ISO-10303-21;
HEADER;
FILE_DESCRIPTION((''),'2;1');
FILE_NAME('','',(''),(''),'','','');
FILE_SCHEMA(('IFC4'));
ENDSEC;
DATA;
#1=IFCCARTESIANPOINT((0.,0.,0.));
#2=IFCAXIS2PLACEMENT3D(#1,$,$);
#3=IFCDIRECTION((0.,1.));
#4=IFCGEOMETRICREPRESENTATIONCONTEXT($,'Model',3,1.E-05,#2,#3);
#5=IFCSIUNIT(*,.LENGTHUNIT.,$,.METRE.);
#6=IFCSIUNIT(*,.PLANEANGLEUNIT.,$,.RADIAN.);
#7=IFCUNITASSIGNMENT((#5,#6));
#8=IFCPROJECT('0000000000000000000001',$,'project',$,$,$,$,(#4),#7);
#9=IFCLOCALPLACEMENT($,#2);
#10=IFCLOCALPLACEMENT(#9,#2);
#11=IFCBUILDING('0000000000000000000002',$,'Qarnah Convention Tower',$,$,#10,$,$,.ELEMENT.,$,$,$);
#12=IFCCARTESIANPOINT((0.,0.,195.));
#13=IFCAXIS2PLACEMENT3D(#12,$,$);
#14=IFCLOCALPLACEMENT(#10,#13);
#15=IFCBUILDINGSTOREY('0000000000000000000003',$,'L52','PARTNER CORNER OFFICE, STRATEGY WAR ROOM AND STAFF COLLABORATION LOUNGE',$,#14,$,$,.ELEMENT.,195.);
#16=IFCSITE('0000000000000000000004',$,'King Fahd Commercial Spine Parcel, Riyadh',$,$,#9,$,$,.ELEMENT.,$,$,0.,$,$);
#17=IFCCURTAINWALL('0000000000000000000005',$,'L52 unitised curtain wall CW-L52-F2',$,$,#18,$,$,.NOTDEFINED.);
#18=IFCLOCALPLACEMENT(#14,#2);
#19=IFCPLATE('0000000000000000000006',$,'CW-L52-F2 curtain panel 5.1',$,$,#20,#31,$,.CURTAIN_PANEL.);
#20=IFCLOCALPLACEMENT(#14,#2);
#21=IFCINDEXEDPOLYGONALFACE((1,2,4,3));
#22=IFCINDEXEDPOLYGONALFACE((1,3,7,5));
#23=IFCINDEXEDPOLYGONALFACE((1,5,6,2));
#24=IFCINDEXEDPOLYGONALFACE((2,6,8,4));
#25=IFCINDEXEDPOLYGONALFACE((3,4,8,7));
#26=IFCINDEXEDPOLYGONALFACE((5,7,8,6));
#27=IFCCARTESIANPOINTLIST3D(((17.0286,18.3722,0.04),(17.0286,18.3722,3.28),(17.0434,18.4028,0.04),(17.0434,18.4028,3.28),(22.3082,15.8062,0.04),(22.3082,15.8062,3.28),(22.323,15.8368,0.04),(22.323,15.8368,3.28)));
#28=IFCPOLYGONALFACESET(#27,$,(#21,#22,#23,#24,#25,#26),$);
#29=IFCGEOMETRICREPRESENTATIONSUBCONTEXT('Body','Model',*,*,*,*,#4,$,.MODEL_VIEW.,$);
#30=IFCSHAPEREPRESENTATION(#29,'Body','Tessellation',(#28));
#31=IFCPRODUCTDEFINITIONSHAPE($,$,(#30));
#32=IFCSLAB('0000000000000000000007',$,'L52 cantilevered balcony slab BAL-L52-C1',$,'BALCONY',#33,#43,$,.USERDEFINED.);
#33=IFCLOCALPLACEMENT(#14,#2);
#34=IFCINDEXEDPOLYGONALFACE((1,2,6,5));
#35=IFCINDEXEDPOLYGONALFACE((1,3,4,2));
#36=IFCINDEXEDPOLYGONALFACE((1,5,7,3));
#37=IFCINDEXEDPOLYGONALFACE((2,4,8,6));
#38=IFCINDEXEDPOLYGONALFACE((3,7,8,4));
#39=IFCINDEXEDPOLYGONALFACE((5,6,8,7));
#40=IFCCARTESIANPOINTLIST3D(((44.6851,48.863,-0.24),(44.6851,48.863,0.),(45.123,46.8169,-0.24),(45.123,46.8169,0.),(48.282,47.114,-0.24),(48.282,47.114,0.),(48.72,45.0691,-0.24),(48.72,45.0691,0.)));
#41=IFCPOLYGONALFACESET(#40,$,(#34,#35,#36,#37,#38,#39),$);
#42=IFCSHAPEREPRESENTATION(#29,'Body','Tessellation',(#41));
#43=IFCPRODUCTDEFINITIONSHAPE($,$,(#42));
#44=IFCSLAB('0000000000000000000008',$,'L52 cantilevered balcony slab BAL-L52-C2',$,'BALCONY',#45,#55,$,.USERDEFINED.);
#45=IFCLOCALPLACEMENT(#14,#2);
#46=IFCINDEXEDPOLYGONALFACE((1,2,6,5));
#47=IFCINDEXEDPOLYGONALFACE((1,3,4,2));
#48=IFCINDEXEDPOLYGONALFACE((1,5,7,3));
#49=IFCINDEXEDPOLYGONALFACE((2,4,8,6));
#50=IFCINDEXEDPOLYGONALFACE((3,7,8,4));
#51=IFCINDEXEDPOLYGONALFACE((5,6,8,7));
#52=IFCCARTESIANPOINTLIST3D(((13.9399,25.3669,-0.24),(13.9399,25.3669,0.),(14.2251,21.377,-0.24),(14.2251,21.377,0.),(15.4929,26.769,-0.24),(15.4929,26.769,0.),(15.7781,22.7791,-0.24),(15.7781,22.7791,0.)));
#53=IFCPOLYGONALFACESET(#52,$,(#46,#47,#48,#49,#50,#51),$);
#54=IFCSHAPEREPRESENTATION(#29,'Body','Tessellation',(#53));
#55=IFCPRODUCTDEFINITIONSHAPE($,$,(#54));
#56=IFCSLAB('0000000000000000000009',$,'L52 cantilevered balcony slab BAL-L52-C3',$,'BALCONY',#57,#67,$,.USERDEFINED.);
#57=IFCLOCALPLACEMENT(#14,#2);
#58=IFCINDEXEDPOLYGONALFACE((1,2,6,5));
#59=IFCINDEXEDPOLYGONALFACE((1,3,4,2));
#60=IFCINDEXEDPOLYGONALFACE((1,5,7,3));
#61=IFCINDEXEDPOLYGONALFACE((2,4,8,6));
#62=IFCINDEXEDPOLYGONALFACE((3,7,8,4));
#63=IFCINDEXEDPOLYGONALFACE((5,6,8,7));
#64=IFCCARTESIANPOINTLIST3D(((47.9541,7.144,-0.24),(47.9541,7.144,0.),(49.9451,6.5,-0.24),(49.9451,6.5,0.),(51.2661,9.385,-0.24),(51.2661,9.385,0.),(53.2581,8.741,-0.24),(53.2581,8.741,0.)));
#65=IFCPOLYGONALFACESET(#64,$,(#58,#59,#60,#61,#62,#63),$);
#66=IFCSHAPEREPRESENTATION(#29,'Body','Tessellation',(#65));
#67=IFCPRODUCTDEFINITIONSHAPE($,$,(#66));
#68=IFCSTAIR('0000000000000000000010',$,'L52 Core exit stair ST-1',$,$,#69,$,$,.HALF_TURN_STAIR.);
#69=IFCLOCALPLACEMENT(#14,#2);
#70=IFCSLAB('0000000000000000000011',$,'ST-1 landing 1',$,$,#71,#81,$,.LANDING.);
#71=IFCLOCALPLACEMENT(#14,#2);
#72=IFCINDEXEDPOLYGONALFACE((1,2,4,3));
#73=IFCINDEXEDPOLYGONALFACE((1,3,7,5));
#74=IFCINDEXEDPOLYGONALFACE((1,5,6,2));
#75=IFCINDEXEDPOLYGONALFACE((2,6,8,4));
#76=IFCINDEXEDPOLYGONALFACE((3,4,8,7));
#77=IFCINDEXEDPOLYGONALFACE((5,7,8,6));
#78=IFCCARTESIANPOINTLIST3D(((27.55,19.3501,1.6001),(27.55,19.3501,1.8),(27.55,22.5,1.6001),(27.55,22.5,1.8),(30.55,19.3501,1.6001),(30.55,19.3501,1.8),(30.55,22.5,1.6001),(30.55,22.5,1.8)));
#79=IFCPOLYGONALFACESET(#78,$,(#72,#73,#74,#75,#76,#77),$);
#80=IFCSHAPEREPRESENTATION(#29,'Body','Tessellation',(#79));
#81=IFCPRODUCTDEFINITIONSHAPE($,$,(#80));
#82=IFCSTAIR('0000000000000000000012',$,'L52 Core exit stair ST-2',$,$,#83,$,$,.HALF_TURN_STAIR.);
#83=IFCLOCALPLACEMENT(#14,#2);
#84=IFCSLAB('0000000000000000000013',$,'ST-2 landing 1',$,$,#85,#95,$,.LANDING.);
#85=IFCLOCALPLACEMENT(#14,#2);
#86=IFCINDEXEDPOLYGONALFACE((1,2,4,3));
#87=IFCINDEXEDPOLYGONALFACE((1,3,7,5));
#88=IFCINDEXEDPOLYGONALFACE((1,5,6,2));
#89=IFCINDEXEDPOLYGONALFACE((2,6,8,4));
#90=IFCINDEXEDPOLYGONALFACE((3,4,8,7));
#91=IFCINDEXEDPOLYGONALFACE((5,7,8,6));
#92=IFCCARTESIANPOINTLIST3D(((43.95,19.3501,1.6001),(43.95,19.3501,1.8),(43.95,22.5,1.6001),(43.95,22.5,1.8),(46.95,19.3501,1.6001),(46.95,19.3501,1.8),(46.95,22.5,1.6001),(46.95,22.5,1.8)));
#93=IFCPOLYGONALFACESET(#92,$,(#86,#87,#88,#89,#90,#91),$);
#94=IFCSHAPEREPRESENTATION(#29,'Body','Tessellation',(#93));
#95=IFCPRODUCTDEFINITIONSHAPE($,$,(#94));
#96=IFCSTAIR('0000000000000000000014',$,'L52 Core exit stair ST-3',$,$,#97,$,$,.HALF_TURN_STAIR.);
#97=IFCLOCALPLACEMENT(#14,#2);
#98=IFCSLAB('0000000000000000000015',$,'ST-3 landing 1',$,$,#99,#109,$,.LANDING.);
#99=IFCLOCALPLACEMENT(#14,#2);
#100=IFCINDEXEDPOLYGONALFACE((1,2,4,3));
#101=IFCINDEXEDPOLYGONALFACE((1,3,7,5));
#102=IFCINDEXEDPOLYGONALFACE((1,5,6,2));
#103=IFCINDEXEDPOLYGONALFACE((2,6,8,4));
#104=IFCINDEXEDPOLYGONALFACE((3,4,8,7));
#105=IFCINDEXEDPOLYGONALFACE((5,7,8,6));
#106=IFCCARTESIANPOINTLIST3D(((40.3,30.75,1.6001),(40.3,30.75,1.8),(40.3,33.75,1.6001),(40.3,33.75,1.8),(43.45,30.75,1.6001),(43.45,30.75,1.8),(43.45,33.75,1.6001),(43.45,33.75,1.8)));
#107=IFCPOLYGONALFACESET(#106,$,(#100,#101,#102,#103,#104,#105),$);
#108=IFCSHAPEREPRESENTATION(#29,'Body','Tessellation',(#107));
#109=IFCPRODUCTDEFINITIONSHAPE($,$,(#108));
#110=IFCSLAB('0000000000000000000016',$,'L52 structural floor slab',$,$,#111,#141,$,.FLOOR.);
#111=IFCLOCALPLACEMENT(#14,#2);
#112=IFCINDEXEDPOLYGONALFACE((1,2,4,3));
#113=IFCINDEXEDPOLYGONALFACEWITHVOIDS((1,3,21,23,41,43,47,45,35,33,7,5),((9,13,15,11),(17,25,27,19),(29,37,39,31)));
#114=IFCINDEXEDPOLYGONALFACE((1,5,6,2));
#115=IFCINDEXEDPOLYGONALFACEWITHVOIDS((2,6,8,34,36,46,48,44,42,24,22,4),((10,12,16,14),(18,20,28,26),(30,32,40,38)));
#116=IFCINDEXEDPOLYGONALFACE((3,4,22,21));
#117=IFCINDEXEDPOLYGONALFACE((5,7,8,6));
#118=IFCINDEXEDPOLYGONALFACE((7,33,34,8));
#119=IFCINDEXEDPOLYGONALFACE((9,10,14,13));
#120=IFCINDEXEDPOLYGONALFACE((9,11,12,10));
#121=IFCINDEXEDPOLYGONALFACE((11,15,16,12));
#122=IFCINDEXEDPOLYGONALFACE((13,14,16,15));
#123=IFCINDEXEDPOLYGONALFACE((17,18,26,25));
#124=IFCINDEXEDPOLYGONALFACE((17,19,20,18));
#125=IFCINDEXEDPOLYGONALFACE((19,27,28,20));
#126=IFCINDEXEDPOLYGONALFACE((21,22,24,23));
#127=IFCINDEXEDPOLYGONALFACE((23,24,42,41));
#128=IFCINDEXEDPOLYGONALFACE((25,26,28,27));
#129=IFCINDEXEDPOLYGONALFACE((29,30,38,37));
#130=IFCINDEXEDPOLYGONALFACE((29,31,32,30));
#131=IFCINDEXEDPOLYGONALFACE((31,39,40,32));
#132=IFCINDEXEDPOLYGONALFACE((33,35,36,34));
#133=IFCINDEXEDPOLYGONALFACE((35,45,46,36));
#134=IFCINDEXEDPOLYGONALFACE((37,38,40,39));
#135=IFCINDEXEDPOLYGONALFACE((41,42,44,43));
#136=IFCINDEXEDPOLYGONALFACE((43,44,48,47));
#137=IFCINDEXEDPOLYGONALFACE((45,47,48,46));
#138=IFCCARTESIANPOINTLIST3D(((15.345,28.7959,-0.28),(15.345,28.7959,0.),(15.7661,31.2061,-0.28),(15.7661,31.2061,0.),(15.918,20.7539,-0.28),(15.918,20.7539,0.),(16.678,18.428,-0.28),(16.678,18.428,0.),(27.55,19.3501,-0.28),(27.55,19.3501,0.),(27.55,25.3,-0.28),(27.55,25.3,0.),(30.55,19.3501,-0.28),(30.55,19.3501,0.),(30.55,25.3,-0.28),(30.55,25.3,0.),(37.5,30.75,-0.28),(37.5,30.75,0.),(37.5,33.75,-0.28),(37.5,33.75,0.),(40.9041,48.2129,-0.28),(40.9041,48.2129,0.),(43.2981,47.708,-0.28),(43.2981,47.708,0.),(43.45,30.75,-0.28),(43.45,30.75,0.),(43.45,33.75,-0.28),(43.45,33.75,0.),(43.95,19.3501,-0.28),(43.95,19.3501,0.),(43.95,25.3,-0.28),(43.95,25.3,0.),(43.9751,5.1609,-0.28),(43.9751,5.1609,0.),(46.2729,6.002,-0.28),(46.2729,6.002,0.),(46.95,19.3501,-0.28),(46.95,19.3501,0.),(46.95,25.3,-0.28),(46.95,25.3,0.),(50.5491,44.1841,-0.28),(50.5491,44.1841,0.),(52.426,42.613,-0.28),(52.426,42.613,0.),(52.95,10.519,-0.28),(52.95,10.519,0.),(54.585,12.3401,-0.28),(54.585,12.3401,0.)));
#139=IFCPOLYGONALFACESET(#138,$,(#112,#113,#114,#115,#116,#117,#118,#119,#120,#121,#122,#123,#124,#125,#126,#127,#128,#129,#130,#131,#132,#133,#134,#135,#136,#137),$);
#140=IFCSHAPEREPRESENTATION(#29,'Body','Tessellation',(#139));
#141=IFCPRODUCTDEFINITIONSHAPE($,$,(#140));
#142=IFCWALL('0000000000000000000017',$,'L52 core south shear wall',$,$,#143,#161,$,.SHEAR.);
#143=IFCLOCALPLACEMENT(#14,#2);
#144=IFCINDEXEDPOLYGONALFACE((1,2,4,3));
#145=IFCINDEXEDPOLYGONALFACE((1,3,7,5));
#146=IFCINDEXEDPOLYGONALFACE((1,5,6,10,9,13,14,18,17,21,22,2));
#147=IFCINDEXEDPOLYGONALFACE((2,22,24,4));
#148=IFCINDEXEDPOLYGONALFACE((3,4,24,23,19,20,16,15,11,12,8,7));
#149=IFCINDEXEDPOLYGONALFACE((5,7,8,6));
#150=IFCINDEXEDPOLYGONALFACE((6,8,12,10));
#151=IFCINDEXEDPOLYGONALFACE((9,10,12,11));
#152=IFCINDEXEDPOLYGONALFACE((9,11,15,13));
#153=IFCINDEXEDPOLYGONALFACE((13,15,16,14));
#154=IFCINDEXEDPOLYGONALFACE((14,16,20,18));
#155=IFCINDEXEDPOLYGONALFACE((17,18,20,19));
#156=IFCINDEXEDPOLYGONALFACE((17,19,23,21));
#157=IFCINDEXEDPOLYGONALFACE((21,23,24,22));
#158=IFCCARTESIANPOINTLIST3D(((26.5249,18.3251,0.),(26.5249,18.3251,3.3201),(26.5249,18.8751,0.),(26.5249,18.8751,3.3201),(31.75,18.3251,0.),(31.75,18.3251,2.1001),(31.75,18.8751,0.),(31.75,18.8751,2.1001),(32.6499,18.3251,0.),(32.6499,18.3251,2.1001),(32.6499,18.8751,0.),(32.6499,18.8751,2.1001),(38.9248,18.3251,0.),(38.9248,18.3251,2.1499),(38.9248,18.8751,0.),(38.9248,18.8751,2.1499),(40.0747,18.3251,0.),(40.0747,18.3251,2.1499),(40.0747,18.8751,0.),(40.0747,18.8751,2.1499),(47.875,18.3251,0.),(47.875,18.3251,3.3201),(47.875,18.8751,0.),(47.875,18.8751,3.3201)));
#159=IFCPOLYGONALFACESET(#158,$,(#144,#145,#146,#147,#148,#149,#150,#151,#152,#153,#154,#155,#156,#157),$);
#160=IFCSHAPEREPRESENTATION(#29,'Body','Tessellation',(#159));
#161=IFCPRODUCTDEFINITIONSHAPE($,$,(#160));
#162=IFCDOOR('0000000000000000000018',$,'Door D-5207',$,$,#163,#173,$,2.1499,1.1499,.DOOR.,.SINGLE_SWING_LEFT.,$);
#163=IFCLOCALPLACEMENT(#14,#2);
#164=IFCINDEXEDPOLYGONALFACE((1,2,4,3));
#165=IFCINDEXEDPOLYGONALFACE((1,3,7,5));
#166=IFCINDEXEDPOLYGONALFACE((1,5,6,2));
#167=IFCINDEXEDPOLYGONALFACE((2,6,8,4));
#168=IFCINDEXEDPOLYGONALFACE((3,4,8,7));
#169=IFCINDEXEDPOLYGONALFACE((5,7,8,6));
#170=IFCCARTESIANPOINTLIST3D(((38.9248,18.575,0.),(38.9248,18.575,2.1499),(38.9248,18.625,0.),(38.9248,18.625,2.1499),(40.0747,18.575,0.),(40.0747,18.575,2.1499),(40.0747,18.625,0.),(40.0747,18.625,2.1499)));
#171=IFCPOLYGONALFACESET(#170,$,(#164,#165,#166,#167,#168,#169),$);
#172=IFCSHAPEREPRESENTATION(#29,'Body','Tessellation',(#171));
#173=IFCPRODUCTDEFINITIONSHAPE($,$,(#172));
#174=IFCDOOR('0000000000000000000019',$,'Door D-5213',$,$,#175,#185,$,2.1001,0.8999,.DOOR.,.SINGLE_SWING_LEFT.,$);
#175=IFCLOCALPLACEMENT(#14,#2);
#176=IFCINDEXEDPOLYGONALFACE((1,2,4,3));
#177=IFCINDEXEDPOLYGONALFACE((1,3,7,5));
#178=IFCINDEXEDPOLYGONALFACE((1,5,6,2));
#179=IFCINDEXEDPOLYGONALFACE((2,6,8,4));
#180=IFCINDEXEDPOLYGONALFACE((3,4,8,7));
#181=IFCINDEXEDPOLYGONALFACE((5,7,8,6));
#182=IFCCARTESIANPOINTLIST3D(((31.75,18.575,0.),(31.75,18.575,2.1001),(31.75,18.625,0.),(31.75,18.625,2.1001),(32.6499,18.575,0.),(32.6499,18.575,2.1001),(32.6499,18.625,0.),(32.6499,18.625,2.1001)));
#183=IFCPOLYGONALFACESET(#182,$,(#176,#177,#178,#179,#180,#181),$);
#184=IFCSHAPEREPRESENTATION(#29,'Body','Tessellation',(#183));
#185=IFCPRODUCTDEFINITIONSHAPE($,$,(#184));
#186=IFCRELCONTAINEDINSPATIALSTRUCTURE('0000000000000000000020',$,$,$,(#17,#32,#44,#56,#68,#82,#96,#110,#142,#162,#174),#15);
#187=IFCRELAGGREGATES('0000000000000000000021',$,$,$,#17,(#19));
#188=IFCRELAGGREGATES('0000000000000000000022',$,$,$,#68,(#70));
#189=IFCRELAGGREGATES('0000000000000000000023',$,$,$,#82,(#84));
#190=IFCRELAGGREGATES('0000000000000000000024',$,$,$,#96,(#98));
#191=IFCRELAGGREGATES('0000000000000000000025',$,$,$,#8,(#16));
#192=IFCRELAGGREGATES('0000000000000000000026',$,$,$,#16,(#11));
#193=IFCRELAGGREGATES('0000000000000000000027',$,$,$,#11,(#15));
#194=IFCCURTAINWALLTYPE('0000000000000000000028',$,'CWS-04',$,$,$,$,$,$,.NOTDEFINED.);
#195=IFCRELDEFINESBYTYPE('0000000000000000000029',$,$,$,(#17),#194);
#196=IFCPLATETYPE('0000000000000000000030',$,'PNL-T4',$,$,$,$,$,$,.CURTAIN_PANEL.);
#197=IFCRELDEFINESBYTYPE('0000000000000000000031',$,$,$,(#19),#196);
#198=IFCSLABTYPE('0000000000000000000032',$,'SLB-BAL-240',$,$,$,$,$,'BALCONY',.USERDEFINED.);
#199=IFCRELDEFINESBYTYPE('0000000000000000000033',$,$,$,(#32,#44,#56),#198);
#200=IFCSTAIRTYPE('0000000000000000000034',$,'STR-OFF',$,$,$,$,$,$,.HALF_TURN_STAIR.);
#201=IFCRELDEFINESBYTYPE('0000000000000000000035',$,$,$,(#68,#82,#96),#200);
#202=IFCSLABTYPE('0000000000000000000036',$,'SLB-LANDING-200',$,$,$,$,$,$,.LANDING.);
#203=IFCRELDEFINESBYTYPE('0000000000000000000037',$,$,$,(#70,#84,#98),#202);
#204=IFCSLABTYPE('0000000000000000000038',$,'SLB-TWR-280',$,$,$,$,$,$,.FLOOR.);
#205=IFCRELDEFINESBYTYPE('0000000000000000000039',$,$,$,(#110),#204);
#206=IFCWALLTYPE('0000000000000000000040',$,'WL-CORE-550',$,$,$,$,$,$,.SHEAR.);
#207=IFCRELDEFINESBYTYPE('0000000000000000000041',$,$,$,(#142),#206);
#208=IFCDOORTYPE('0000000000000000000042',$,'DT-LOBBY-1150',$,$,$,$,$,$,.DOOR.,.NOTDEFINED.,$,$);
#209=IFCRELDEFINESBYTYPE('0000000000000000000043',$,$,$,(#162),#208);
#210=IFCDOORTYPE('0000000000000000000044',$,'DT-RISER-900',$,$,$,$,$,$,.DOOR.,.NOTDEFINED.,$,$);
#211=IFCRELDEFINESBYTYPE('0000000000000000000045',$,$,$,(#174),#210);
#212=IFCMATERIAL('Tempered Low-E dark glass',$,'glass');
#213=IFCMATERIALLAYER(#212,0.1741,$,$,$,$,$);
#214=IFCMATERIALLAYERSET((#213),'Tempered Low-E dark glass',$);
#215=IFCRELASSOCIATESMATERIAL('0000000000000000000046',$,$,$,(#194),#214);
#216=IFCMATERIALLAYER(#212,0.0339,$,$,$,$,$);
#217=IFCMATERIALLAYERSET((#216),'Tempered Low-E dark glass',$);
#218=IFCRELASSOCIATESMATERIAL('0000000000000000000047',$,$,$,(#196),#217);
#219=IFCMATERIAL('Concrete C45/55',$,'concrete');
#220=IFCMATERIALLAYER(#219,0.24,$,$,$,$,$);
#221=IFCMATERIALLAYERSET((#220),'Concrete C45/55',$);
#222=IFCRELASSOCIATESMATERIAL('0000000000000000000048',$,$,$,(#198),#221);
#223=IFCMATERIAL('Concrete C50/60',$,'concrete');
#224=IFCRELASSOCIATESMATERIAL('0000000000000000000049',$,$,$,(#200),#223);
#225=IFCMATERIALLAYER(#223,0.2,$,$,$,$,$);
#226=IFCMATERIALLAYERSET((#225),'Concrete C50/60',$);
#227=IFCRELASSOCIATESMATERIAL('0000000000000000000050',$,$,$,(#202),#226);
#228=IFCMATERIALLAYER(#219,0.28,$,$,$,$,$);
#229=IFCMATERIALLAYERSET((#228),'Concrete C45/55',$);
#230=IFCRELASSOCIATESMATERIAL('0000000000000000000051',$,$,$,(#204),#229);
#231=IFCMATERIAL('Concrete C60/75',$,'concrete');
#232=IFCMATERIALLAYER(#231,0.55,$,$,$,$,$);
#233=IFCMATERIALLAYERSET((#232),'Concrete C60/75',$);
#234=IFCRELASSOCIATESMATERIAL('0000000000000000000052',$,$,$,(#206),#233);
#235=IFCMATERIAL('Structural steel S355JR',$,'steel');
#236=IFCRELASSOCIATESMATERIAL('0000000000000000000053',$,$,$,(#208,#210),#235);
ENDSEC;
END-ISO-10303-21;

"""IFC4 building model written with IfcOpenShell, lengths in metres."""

from ifc_helpers import new_model, si_unit, direction, frame, frame_2d, origin, origin_2d, place, context, subcontext, project, spatial, polyline, rectangle, outline, extrude, material, layer, layer_set, type_object, element, fill, aggregate, save


model = new_model("IFC4")

# Units and contexts
model_context = context("Model", 3, precision=1e-05, world=origin(), true_north=direction((0.0, 1.0)))
body_context = subcontext(model_context, "Body", "Model", "MODEL_VIEW")
ifc_project = project(units=[si_unit("LENGTHUNIT", "METRE"), si_unit("PLANEANGLEUNIT", "RADIAN")], contexts=[model_context])

# Site, building, storey
site_placement = place(None, origin())
site = spatial("IfcSite", under=ifc_project, at=site_placement, Name="King Fahd Commercial Spine Parcel, Riyadh", CompositionType="ELEMENT", RefElevation=0.0)
building_placement = place(site_placement, origin())
building = spatial("IfcBuilding", under=site, at=building_placement, Name="Qarnah Convention Tower", CompositionType="ELEMENT")
storey_placement = place(building_placement, frame((0.0, 0.0, 195.0)))
storey = spatial("IfcBuildingStorey", under=building, at=storey_placement, Name="L52", Description="PARTNER CORNER OFFICE, STRATEGY WAR ROOM AND STAFF COLLABORATION LOUNGE", CompositionType="ELEMENT", Elevation=195.0)

# Shared definitions
ifc_material_1 = material(Name="Concrete C50/60", Category="concrete")

# Shared definitions
ifc_material_2 = material(Name="Structural steel S355JR", Category="steel")

# Curtain wall, plate
ifc_material_3 = material(Name="Tempered Low-E dark glass", Category="glass")
ifc_layer_1 = layer(ifc_material_3, 0.1741)
ifc_layer_set_1 = layer_set([ifc_layer_1], Name="Tempered Low-E dark glass")
curtain_wall_type = type_object("IfcCurtainWallType", Name="CWS-04", PredefinedType="NOTDEFINED", material=ifc_layer_set_1)
curtain_wall_placement = place(storey_placement, origin())
curtain_wall = element("IfcCurtainWall", 1, at=curtain_wall_placement, inside=storey, type_object=curtain_wall_type, Name="L52 unitised curtain wall CW-L52-F2", PredefinedType="NOTDEFINED")
ifc_layer_2 = layer(ifc_material_3, 0.0339)
ifc_layer_set_2 = layer_set([ifc_layer_2], Name="Tempered Low-E dark glass")
plate_type = type_object("IfcPlateType", Name="PNL-T4", PredefinedType="CURTAIN_PANEL", material=ifc_layer_set_2)
plate_1_placement = place(storey_placement, frame((19.6758, 17.1045, 0.04), z_axis=(0.0, 0.0, 1.0), x_axis=(-0.899399, 0.437129, 0.0)))
plate_1 = element("IfcPlate", 2, at=plate_1_placement, type_object=plate_type, Name="CW-L52-F2 curtain panel 5.1", PredefinedType="CURTAIN_PANEL", context=body_context, shape_type="SweptSolid", body=[
    extrude(rectangle(XDim=5.8701, YDim=0.0339, at=origin_2d()), origin(), (0.0, 0.0, 1.0), 3.24),
])
aggregate(curtain_wall, [plate_1])

# Slabs
ifc_material_4 = material(Name="Concrete C45/55", Category="concrete")
ifc_layer_3 = layer(ifc_material_4, 0.24)
ifc_layer_set_3 = layer_set([ifc_layer_3], Name="Concrete C45/55")
slab_type_1 = type_object("IfcSlabType", Name="SLB-BAL-240", ElementType="BALCONY", PredefinedType="USERDEFINED", material=ifc_layer_set_3)
slab_1_placement = place(storey_placement, frame((0.0, 0.0, -0.24)))
element("IfcSlab", 3, at=slab_1_placement, inside=storey, type_object=slab_type_1, Name="L52 cantilevered balcony slab BAL-L52-C1", ObjectType="BALCONY", PredefinedType="USERDEFINED", context=body_context, shape_type="SweptSolid", body=[
    extrude(outline(polyline([(44.6851, 48.863), (48.282, 47.114), (48.72, 45.0691), (45.123, 46.8169), (44.6851, 48.863)])), origin(), (0.0, 0.0, 1.0), 0.24),
])
slab_2_placement = place(storey_placement, frame((0.0, 0.0, -0.24)))
element("IfcSlab", 4, at=slab_2_placement, inside=storey, type_object=slab_type_1, Name="L52 cantilevered balcony slab BAL-L52-C2", ObjectType="BALCONY", PredefinedType="USERDEFINED", context=body_context, shape_type="SweptSolid", body=[
    extrude(outline(polyline([(14.2251, 21.377), (13.9399, 25.3669), (15.4929, 26.769), (15.7781, 22.7791), (14.2251, 21.377)])), origin(), (0.0, 0.0, 1.0), 0.24),
])
slab_3_placement = place(storey_placement, frame((0.0, 0.0, -0.24)))
element("IfcSlab", 5, at=slab_3_placement, inside=storey, type_object=slab_type_1, Name="L52 cantilevered balcony slab BAL-L52-C3", ObjectType="BALCONY", PredefinedType="USERDEFINED", context=body_context, shape_type="SweptSolid", body=[
    extrude(outline(polyline([(53.2581, 8.741), (49.9451, 6.5), (47.9541, 7.144), (51.2661, 9.385), (53.2581, 8.741)])), origin(), (0.0, 0.0, 1.0), 0.24),
])

# Stairs, slabs
stair_type = type_object("IfcStairType", Name="STR-OFF", PredefinedType="HALF_TURN_STAIR", material=ifc_material_1)
stair_1_placement = place(storey_placement, origin())
stair_1 = element("IfcStair", 6, at=stair_1_placement, inside=storey, type_object=stair_type, Name="L52 Core exit stair ST-1", PredefinedType="HALF_TURN_STAIR")
ifc_layer_4 = layer(ifc_material_1, 0.2)
ifc_layer_set_4 = layer_set([ifc_layer_4], Name="Concrete C50/60")
slab_type_2 = type_object("IfcSlabType", Name="SLB-LANDING-200", PredefinedType="LANDING", material=ifc_layer_set_4)
slab_4_placement = place(storey_placement, frame((0.0, 0.0, 1.6001)))
slab_4 = element("IfcSlab", 7, at=slab_4_placement, type_object=slab_type_2, Name="ST-1 landing 1", PredefinedType="LANDING", context=body_context, shape_type="SweptSolid", body=[
    extrude(outline(polyline([(27.55, 22.5), (27.55, 19.3501), (30.55, 19.3501), (30.55, 22.5), (27.55, 22.5)])), origin(), (0.0, 0.0, 1.0), 0.2),
])
aggregate(stair_1, [slab_4])
stair_2_placement = place(storey_placement, origin())
stair_2 = element("IfcStair", 8, at=stair_2_placement, inside=storey, type_object=stair_type, Name="L52 Core exit stair ST-2", PredefinedType="HALF_TURN_STAIR")
slab_5_placement = place(storey_placement, frame((0.0, 0.0, 1.6001)))
slab_5 = element("IfcSlab", 9, at=slab_5_placement, type_object=slab_type_2, Name="ST-2 landing 1", PredefinedType="LANDING", context=body_context, shape_type="SweptSolid", body=[
    extrude(outline(polyline([(43.95, 22.5), (43.95, 19.3501), (46.95, 19.3501), (46.95, 22.5), (43.95, 22.5)])), origin(), (0.0, 0.0, 1.0), 0.2),
])
aggregate(stair_2, [slab_5])
stair_3_placement = place(storey_placement, origin())
stair_3 = element("IfcStair", 10, at=stair_3_placement, inside=storey, type_object=stair_type, Name="L52 Core exit stair ST-3", PredefinedType="HALF_TURN_STAIR")
slab_6_placement = place(storey_placement, frame((0.0, 0.0, 1.6001)))
slab_6 = element("IfcSlab", 11, at=slab_6_placement, type_object=slab_type_2, Name="ST-3 landing 1", PredefinedType="LANDING", context=body_context, shape_type="SweptSolid", body=[
    extrude(outline(polyline([(40.3, 30.75), (43.45, 30.75), (43.45, 33.75), (40.3, 33.75), (40.3, 30.75)])), origin(), (0.0, 0.0, 1.0), 0.2),
])
aggregate(stair_3, [slab_6])

# Slab
ifc_layer_5 = layer(ifc_material_4, 0.28)
ifc_layer_set_5 = layer_set([ifc_layer_5], Name="Concrete C45/55")
slab_type_3 = type_object("IfcSlabType", Name="SLB-TWR-280", PredefinedType="FLOOR", material=ifc_layer_set_5)
slab_7_placement = place(storey_placement, frame((0.0, 0.0, -0.28)))
element("IfcSlab", 12, at=slab_7_placement, inside=storey, type_object=slab_type_3, Name="L52 structural floor slab", PredefinedType="FLOOR", context=body_context, shape_type="SweptSolid", body=[
    extrude(outline(polyline([(40.9041, 48.2129), (15.7661, 31.2061), (15.345, 28.7959), (15.918, 20.7539), (16.678, 18.428), (43.9751, 5.1609), (46.2729, 6.002), (52.95, 10.519), (54.585, 12.3401), (52.426, 42.613), (50.5491, 44.1841), (43.2981, 47.708), (40.9041, 48.2129)]), holes=[polyline([(27.55, 25.3), (27.55, 19.3501), (30.55, 19.3501), (30.55, 25.3), (27.55, 25.3)]), polyline([(43.95, 25.3), (43.95, 19.3501), (46.95, 19.3501), (46.95, 25.3), (43.95, 25.3)]), polyline([(37.5, 30.75), (43.45, 30.75), (43.45, 33.75), (37.5, 33.75), (37.5, 30.75)])]), origin(), (0.0, 0.0, 1.0), 0.28),
])

# Wall, openings, doors
ifc_material_5 = material(Name="Concrete C60/75", Category="concrete")
ifc_layer_6 = layer(ifc_material_5, 0.55)
ifc_layer_set_6 = layer_set([ifc_layer_6], Name="Concrete C60/75")
wall_type_1 = type_object("IfcWallType", Name="WL-CORE-550", PredefinedType="SHEAR", material=ifc_layer_set_6)
wall_1_placement = place(storey_placement, frame((26.5249, 18.6001, 0.0), z_axis=(0.0, 0.0, 1.0), x_axis=(1.0, 0.0, 0.0)))
wall_1 = element("IfcWall", 13, at=wall_1_placement, inside=storey, type_object=wall_type_1, Name="L52 core south shear wall", PredefinedType="SHEAR", context=body_context, shape_type="SweptSolid", body=[
    extrude(rectangle(XDim=21.3501, YDim=0.55, at=frame_2d((10.675, 0.0))), origin(), (0.0, 0.0, 1.0), 3.3201),
])
opening_1_placement = place(wall_1_placement, frame((12.3999, 0.0, 0.0)))
opening_1 = element("IfcOpeningElement", 14, at=opening_1_placement, cuts=wall_1, PredefinedType="OPENING", context=body_context, shape_type="SweptSolid", body=[
    extrude(rectangle(XDim=1.1499, YDim=2.1499, at=frame_2d((0.575, 1.075))), frame((0.0, 0.2849, 0.0), z_axis=(0.0, -1.0, 0.0), x_axis=(1.0, 0.0, 0.0)), (0.0, 0.0, 1.0), 0.5701),
])
opening_2_placement = place(wall_1_placement, frame((5.2251, 0.0, 0.0)))
opening_2 = element("IfcOpeningElement", 15, at=opening_2_placement, cuts=wall_1, PredefinedType="OPENING", context=body_context, shape_type="SweptSolid", body=[
    extrude(rectangle(XDim=0.8999, YDim=2.1001, at=frame_2d((0.45, 1.05))), frame((0.0, 0.2849, 0.0), z_axis=(0.0, -1.0, 0.0), x_axis=(1.0, 0.0, 0.0)), (0.0, 0.0, 1.0), 0.5701),
])
door_type_1 = type_object("IfcDoorType", Name="DT-LOBBY-1150", OperationType="NOTDEFINED", PredefinedType="DOOR", material=ifc_material_2)
door_1_placement = place(opening_1_placement, origin())
door_1 = element("IfcDoor", 16, at=door_1_placement, inside=storey, type_object=door_type_1, Name="Door D-5207", OperationType="SINGLE_SWING_LEFT", OverallHeight=2.1499, OverallWidth=1.1499, PredefinedType="DOOR", context=body_context, shape_type="SweptSolid", body=[
    extrude(rectangle(XDim=1.1499, YDim=2.1499, at=frame_2d((0.575, 1.075))), frame((0.0, 0.0249, 0.0), z_axis=(0.0, -1.0, 0.0), x_axis=(1.0, 0.0, 0.0)), (0.0, 0.0, 1.0), 0.05),
])
fill(opening_1, door_1)
door_type_2 = type_object("IfcDoorType", Name="DT-RISER-900", OperationType="NOTDEFINED", PredefinedType="DOOR", material=ifc_material_2)
door_2_placement = place(opening_2_placement, origin())
door_2 = element("IfcDoor", 17, at=door_2_placement, inside=storey, type_object=door_type_2, Name="Door D-5213", OperationType="SINGLE_SWING_LEFT", OverallHeight=2.1001, OverallWidth=0.8999, PredefinedType="DOOR", context=body_context, shape_type="SweptSolid", body=[
    extrude(rectangle(XDim=0.8999, YDim=2.1001, at=frame_2d((0.45, 1.05))), frame((0.0, 0.0249, 0.0), z_axis=(0.0, -1.0, 0.0), x_axis=(1.0, 0.0, 0.0)), (0.0, 0.0, 1.0), 0.05),
])
fill(opening_2, door_2)

save(model, "model.ifc")
